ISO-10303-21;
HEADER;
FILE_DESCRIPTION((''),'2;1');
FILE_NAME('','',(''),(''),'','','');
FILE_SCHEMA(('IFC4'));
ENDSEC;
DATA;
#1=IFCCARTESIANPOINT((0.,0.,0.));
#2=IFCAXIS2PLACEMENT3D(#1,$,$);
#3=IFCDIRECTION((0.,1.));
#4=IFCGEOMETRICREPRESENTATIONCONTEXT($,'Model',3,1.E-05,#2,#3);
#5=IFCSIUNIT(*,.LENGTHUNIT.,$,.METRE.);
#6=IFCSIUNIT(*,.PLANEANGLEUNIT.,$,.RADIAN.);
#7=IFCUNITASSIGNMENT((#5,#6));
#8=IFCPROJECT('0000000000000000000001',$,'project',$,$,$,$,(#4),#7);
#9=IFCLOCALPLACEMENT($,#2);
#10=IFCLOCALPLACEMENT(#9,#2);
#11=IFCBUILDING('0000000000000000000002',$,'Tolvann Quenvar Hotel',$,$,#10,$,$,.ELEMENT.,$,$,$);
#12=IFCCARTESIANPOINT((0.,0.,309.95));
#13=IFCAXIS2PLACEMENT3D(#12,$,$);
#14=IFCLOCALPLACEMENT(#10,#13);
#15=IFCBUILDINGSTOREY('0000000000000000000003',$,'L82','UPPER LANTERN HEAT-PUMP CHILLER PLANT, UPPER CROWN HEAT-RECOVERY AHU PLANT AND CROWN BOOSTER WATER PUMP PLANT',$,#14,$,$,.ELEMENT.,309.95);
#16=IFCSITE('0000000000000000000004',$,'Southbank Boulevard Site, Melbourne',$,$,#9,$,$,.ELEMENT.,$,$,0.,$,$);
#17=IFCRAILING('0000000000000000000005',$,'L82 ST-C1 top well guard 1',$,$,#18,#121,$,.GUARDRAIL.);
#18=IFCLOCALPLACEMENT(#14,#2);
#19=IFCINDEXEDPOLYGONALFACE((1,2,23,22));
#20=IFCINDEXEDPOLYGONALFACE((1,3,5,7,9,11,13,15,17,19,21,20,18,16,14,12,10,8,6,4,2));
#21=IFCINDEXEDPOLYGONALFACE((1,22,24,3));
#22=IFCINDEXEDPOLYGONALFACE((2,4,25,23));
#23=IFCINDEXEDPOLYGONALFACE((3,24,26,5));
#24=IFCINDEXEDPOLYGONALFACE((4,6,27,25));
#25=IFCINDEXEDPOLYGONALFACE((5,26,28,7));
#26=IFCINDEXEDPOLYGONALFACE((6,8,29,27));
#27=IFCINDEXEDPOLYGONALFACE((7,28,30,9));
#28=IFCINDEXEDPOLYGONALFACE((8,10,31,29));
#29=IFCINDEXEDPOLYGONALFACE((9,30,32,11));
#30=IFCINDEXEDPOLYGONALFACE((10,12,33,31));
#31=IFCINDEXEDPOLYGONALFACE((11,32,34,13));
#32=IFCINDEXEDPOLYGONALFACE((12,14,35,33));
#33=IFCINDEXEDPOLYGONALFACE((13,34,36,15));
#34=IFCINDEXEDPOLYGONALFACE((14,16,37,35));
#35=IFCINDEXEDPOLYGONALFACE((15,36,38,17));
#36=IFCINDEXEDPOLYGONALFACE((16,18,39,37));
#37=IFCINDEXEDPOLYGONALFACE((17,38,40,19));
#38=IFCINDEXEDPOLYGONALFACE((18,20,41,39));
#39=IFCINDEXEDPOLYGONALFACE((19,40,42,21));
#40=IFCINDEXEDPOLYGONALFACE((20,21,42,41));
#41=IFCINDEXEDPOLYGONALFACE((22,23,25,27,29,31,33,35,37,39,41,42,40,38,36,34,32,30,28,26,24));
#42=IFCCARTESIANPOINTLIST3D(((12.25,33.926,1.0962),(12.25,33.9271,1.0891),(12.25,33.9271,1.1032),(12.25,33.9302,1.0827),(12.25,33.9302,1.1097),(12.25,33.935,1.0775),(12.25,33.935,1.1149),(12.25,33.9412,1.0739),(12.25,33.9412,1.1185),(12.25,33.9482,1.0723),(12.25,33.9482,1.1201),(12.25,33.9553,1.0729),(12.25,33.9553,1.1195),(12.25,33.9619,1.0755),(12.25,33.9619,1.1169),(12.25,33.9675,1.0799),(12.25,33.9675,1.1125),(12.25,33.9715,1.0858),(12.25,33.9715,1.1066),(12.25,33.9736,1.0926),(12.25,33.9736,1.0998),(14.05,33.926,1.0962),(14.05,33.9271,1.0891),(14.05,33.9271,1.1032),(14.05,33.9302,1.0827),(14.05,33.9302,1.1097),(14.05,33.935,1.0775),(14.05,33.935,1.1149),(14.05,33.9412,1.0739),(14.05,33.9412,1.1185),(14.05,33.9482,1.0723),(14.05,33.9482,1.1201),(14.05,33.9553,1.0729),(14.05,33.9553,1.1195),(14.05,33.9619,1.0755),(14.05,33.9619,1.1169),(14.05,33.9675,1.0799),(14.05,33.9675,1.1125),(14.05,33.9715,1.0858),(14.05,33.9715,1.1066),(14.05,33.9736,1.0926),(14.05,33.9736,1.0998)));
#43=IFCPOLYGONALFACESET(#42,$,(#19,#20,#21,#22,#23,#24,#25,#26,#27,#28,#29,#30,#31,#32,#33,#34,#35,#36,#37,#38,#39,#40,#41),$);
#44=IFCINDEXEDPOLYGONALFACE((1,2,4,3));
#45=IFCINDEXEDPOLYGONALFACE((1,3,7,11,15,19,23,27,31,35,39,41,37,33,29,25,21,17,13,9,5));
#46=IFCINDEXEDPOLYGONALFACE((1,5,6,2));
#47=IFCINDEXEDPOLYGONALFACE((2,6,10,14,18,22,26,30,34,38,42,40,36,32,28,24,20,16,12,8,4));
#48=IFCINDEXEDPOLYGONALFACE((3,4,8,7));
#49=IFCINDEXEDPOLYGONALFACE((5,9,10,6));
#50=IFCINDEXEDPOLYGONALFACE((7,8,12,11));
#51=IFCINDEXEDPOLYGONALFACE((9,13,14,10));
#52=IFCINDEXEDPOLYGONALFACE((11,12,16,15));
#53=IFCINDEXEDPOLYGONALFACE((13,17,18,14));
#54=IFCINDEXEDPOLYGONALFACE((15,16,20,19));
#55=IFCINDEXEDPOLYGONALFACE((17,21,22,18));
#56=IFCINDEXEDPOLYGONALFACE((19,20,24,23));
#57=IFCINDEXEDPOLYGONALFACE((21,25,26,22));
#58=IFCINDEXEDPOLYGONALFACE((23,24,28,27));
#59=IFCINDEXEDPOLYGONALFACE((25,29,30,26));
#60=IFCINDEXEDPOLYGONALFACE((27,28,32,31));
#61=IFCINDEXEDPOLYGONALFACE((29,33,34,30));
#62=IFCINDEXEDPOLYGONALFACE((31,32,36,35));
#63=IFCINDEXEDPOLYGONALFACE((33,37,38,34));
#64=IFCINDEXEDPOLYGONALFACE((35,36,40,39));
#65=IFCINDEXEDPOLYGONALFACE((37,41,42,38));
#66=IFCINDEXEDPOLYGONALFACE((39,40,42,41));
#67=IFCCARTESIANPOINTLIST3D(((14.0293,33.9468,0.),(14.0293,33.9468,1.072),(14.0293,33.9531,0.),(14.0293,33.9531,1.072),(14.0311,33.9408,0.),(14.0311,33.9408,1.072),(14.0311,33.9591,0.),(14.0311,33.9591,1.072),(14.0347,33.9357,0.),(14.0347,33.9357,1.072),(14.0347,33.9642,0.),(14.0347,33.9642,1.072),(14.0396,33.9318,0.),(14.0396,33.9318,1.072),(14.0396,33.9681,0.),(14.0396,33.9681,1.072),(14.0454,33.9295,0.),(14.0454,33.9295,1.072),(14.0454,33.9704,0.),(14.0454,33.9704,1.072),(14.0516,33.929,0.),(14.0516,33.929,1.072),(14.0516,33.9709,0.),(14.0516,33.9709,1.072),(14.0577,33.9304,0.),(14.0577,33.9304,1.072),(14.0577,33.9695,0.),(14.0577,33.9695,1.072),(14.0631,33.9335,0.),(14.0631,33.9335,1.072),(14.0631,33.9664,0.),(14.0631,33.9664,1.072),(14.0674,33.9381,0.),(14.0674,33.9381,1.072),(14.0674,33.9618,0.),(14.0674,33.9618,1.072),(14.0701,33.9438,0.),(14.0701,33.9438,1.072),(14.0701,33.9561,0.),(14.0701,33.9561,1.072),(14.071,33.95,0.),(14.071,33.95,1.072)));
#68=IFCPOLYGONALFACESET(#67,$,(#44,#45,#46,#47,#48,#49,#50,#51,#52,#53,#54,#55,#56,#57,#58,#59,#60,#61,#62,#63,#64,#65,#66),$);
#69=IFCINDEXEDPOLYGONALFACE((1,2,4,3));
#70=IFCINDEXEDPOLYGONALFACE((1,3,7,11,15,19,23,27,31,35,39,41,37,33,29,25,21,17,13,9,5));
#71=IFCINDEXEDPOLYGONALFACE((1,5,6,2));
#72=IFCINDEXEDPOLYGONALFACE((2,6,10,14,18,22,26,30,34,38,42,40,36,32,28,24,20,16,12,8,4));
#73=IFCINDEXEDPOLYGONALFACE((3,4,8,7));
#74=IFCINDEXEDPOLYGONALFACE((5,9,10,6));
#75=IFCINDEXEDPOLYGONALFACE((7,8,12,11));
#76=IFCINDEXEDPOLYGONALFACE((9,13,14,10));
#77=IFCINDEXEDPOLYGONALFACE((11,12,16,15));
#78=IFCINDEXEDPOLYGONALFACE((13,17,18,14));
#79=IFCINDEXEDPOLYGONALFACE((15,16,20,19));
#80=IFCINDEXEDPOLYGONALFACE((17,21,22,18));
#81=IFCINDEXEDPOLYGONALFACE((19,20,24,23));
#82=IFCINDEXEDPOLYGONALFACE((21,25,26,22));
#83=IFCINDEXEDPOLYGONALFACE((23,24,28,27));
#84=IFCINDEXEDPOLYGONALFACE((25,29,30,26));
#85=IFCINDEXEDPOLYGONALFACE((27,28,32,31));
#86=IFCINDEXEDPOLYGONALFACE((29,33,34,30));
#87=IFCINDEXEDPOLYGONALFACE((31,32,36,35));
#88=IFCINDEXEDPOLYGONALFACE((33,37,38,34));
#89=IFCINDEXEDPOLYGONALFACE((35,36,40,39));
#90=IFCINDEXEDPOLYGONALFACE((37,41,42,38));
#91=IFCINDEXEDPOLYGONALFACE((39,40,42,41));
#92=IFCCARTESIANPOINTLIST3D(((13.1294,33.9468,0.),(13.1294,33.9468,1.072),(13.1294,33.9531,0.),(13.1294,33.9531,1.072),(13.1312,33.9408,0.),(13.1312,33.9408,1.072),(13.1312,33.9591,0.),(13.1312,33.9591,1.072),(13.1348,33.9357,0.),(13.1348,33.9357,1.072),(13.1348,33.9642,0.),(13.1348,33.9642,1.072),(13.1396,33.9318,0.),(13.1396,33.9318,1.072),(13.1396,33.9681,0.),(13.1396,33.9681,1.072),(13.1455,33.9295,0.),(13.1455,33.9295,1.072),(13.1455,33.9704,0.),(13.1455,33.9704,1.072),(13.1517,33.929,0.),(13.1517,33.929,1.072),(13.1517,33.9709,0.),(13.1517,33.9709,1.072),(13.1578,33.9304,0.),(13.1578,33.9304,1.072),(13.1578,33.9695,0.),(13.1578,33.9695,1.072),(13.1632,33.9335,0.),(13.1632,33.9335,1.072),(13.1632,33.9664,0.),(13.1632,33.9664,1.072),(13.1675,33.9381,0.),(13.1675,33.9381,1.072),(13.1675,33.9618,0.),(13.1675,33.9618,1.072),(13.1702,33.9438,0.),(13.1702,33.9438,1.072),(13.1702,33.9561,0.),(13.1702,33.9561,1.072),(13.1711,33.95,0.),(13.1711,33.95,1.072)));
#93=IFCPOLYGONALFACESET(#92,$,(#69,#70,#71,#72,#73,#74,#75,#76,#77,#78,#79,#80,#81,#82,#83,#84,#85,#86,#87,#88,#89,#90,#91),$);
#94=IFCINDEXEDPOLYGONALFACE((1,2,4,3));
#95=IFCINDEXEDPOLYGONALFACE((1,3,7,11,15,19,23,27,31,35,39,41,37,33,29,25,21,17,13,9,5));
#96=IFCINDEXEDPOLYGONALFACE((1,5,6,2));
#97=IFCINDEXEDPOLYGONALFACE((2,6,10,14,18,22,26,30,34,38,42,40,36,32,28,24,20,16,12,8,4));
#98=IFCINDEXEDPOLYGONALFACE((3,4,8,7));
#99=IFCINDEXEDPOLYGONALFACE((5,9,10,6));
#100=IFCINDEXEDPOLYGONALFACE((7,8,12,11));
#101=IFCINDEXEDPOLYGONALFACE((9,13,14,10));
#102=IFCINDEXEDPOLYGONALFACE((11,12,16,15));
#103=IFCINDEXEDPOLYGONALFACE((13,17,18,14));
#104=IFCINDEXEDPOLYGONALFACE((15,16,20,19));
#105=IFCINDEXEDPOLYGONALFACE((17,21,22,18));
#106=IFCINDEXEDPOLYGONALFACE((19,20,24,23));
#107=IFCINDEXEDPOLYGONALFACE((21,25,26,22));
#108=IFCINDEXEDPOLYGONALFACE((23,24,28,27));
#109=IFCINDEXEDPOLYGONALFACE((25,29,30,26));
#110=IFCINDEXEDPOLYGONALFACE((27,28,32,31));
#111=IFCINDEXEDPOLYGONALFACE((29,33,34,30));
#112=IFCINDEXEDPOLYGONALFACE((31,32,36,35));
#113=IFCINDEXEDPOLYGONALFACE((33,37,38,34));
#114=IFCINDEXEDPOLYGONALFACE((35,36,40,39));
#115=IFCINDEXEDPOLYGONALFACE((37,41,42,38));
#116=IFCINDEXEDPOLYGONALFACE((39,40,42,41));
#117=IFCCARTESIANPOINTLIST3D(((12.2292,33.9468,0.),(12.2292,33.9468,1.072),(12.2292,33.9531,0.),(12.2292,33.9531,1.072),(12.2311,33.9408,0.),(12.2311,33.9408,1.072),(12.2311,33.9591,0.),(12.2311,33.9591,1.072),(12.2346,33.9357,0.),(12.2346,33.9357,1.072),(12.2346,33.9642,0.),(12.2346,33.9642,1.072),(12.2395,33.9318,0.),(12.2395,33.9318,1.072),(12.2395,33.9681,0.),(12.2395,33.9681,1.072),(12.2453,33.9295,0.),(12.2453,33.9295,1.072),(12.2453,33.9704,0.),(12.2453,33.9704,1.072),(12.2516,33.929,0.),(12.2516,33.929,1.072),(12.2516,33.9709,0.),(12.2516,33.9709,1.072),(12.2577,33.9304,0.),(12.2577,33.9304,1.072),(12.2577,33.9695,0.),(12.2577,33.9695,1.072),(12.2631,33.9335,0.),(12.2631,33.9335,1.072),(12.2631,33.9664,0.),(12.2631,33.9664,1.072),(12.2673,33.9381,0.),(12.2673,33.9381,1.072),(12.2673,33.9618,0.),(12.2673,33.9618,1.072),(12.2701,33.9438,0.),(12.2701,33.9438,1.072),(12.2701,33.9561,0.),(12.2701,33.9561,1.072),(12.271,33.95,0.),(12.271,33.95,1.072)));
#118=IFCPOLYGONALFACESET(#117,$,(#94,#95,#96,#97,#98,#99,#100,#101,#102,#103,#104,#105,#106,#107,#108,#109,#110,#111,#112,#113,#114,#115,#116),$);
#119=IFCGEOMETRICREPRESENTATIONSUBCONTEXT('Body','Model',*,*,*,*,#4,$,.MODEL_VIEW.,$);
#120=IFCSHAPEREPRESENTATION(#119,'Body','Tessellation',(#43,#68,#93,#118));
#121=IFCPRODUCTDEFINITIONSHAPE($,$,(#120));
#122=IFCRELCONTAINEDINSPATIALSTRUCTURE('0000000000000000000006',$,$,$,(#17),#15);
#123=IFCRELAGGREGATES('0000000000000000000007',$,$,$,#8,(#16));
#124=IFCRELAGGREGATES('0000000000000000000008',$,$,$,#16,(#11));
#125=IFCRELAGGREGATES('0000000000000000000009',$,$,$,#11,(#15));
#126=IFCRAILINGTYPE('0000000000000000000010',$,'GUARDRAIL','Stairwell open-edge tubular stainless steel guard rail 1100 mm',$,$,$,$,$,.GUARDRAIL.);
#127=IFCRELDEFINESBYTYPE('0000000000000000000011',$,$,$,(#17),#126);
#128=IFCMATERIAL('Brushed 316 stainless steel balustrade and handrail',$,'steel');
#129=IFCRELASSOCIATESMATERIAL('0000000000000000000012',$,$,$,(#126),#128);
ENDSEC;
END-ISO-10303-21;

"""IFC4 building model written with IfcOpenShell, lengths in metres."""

from ifc_helpers import new_model, si_unit, direction, frame, origin, origin_2d, place, context, subcontext, project, spatial, circle, extrude, material, type_object, element, save


model = new_model("IFC4")

# Units and contexts
model_context = context("Model", 3, precision=1e-05, world=origin(), true_north=direction((0.0, 1.0)))
body_context = subcontext(model_context, "Body", "Model", "MODEL_VIEW")
ifc_project = project(units=[si_unit("LENGTHUNIT", "METRE"), si_unit("PLANEANGLEUNIT", "RADIAN")], contexts=[model_context])

# Site, building, storey
site_placement = place(None, origin())
site = spatial("IfcSite", under=ifc_project, at=site_placement, Name="Southbank Boulevard Site, Melbourne", CompositionType="ELEMENT", RefElevation=0.0)
building_placement = place(site_placement, origin())
building = spatial("IfcBuilding", under=site, at=building_placement, Name="Tolvann Quenvar Hotel", CompositionType="ELEMENT")
storey_placement = place(building_placement, frame((0.0, 0.0, 309.95)))
storey = spatial("IfcBuildingStorey", under=building, at=storey_placement, Name="L82", Description="UPPER LANTERN HEAT-PUMP CHILLER PLANT, UPPER CROWN HEAT-RECOVERY AHU PLANT AND CROWN BOOSTER WATER PUMP PLANT", CompositionType="ELEMENT", Elevation=309.95)

# Railing
ifc_material_1 = material(Name="Brushed 316 stainless steel balustrade and handrail", Category="steel")
railing_type = type_object("IfcRailingType", Name="GUARDRAIL", Description="Stairwell open-edge tubular stainless steel guard rail 1100 mm", PredefinedType="GUARDRAIL", material=ifc_material_1)
railing_placement = place(storey_placement, frame((14.05, 33.95, 0.0)))
element("IfcRailing", 1, at=railing_placement, inside=storey, type_object=railing_type, Name="L82 ST-C1 top well guard 1", PredefinedType="GUARDRAIL", context=body_context, shape_type="SweptSolid", body=[
    extrude(circle(Radius=0.0239, at=origin_2d()), frame((0.0, 0.0, 1.0962), z_axis=(-1.0, 0.0, 0.0), x_axis=(0.0, -1.0, 0.0)), (0.0, 0.0, 1.0), 1.8),
    extrude(circle(Radius=0.021, at=origin_2d()), origin(), (0.0, 0.0, 1.0), 1.072),
    extrude(circle(Radius=0.021, at=origin_2d()), frame((-0.8999, 0.0, 0.0)), (0.0, 0.0, 1.0), 1.072),
    extrude(circle(Radius=0.021, at=origin_2d()), frame((-1.8, 0.0, 0.0)), (0.0, 0.0, 1.0), 1.072),
])

save(model, "model.ifc")
